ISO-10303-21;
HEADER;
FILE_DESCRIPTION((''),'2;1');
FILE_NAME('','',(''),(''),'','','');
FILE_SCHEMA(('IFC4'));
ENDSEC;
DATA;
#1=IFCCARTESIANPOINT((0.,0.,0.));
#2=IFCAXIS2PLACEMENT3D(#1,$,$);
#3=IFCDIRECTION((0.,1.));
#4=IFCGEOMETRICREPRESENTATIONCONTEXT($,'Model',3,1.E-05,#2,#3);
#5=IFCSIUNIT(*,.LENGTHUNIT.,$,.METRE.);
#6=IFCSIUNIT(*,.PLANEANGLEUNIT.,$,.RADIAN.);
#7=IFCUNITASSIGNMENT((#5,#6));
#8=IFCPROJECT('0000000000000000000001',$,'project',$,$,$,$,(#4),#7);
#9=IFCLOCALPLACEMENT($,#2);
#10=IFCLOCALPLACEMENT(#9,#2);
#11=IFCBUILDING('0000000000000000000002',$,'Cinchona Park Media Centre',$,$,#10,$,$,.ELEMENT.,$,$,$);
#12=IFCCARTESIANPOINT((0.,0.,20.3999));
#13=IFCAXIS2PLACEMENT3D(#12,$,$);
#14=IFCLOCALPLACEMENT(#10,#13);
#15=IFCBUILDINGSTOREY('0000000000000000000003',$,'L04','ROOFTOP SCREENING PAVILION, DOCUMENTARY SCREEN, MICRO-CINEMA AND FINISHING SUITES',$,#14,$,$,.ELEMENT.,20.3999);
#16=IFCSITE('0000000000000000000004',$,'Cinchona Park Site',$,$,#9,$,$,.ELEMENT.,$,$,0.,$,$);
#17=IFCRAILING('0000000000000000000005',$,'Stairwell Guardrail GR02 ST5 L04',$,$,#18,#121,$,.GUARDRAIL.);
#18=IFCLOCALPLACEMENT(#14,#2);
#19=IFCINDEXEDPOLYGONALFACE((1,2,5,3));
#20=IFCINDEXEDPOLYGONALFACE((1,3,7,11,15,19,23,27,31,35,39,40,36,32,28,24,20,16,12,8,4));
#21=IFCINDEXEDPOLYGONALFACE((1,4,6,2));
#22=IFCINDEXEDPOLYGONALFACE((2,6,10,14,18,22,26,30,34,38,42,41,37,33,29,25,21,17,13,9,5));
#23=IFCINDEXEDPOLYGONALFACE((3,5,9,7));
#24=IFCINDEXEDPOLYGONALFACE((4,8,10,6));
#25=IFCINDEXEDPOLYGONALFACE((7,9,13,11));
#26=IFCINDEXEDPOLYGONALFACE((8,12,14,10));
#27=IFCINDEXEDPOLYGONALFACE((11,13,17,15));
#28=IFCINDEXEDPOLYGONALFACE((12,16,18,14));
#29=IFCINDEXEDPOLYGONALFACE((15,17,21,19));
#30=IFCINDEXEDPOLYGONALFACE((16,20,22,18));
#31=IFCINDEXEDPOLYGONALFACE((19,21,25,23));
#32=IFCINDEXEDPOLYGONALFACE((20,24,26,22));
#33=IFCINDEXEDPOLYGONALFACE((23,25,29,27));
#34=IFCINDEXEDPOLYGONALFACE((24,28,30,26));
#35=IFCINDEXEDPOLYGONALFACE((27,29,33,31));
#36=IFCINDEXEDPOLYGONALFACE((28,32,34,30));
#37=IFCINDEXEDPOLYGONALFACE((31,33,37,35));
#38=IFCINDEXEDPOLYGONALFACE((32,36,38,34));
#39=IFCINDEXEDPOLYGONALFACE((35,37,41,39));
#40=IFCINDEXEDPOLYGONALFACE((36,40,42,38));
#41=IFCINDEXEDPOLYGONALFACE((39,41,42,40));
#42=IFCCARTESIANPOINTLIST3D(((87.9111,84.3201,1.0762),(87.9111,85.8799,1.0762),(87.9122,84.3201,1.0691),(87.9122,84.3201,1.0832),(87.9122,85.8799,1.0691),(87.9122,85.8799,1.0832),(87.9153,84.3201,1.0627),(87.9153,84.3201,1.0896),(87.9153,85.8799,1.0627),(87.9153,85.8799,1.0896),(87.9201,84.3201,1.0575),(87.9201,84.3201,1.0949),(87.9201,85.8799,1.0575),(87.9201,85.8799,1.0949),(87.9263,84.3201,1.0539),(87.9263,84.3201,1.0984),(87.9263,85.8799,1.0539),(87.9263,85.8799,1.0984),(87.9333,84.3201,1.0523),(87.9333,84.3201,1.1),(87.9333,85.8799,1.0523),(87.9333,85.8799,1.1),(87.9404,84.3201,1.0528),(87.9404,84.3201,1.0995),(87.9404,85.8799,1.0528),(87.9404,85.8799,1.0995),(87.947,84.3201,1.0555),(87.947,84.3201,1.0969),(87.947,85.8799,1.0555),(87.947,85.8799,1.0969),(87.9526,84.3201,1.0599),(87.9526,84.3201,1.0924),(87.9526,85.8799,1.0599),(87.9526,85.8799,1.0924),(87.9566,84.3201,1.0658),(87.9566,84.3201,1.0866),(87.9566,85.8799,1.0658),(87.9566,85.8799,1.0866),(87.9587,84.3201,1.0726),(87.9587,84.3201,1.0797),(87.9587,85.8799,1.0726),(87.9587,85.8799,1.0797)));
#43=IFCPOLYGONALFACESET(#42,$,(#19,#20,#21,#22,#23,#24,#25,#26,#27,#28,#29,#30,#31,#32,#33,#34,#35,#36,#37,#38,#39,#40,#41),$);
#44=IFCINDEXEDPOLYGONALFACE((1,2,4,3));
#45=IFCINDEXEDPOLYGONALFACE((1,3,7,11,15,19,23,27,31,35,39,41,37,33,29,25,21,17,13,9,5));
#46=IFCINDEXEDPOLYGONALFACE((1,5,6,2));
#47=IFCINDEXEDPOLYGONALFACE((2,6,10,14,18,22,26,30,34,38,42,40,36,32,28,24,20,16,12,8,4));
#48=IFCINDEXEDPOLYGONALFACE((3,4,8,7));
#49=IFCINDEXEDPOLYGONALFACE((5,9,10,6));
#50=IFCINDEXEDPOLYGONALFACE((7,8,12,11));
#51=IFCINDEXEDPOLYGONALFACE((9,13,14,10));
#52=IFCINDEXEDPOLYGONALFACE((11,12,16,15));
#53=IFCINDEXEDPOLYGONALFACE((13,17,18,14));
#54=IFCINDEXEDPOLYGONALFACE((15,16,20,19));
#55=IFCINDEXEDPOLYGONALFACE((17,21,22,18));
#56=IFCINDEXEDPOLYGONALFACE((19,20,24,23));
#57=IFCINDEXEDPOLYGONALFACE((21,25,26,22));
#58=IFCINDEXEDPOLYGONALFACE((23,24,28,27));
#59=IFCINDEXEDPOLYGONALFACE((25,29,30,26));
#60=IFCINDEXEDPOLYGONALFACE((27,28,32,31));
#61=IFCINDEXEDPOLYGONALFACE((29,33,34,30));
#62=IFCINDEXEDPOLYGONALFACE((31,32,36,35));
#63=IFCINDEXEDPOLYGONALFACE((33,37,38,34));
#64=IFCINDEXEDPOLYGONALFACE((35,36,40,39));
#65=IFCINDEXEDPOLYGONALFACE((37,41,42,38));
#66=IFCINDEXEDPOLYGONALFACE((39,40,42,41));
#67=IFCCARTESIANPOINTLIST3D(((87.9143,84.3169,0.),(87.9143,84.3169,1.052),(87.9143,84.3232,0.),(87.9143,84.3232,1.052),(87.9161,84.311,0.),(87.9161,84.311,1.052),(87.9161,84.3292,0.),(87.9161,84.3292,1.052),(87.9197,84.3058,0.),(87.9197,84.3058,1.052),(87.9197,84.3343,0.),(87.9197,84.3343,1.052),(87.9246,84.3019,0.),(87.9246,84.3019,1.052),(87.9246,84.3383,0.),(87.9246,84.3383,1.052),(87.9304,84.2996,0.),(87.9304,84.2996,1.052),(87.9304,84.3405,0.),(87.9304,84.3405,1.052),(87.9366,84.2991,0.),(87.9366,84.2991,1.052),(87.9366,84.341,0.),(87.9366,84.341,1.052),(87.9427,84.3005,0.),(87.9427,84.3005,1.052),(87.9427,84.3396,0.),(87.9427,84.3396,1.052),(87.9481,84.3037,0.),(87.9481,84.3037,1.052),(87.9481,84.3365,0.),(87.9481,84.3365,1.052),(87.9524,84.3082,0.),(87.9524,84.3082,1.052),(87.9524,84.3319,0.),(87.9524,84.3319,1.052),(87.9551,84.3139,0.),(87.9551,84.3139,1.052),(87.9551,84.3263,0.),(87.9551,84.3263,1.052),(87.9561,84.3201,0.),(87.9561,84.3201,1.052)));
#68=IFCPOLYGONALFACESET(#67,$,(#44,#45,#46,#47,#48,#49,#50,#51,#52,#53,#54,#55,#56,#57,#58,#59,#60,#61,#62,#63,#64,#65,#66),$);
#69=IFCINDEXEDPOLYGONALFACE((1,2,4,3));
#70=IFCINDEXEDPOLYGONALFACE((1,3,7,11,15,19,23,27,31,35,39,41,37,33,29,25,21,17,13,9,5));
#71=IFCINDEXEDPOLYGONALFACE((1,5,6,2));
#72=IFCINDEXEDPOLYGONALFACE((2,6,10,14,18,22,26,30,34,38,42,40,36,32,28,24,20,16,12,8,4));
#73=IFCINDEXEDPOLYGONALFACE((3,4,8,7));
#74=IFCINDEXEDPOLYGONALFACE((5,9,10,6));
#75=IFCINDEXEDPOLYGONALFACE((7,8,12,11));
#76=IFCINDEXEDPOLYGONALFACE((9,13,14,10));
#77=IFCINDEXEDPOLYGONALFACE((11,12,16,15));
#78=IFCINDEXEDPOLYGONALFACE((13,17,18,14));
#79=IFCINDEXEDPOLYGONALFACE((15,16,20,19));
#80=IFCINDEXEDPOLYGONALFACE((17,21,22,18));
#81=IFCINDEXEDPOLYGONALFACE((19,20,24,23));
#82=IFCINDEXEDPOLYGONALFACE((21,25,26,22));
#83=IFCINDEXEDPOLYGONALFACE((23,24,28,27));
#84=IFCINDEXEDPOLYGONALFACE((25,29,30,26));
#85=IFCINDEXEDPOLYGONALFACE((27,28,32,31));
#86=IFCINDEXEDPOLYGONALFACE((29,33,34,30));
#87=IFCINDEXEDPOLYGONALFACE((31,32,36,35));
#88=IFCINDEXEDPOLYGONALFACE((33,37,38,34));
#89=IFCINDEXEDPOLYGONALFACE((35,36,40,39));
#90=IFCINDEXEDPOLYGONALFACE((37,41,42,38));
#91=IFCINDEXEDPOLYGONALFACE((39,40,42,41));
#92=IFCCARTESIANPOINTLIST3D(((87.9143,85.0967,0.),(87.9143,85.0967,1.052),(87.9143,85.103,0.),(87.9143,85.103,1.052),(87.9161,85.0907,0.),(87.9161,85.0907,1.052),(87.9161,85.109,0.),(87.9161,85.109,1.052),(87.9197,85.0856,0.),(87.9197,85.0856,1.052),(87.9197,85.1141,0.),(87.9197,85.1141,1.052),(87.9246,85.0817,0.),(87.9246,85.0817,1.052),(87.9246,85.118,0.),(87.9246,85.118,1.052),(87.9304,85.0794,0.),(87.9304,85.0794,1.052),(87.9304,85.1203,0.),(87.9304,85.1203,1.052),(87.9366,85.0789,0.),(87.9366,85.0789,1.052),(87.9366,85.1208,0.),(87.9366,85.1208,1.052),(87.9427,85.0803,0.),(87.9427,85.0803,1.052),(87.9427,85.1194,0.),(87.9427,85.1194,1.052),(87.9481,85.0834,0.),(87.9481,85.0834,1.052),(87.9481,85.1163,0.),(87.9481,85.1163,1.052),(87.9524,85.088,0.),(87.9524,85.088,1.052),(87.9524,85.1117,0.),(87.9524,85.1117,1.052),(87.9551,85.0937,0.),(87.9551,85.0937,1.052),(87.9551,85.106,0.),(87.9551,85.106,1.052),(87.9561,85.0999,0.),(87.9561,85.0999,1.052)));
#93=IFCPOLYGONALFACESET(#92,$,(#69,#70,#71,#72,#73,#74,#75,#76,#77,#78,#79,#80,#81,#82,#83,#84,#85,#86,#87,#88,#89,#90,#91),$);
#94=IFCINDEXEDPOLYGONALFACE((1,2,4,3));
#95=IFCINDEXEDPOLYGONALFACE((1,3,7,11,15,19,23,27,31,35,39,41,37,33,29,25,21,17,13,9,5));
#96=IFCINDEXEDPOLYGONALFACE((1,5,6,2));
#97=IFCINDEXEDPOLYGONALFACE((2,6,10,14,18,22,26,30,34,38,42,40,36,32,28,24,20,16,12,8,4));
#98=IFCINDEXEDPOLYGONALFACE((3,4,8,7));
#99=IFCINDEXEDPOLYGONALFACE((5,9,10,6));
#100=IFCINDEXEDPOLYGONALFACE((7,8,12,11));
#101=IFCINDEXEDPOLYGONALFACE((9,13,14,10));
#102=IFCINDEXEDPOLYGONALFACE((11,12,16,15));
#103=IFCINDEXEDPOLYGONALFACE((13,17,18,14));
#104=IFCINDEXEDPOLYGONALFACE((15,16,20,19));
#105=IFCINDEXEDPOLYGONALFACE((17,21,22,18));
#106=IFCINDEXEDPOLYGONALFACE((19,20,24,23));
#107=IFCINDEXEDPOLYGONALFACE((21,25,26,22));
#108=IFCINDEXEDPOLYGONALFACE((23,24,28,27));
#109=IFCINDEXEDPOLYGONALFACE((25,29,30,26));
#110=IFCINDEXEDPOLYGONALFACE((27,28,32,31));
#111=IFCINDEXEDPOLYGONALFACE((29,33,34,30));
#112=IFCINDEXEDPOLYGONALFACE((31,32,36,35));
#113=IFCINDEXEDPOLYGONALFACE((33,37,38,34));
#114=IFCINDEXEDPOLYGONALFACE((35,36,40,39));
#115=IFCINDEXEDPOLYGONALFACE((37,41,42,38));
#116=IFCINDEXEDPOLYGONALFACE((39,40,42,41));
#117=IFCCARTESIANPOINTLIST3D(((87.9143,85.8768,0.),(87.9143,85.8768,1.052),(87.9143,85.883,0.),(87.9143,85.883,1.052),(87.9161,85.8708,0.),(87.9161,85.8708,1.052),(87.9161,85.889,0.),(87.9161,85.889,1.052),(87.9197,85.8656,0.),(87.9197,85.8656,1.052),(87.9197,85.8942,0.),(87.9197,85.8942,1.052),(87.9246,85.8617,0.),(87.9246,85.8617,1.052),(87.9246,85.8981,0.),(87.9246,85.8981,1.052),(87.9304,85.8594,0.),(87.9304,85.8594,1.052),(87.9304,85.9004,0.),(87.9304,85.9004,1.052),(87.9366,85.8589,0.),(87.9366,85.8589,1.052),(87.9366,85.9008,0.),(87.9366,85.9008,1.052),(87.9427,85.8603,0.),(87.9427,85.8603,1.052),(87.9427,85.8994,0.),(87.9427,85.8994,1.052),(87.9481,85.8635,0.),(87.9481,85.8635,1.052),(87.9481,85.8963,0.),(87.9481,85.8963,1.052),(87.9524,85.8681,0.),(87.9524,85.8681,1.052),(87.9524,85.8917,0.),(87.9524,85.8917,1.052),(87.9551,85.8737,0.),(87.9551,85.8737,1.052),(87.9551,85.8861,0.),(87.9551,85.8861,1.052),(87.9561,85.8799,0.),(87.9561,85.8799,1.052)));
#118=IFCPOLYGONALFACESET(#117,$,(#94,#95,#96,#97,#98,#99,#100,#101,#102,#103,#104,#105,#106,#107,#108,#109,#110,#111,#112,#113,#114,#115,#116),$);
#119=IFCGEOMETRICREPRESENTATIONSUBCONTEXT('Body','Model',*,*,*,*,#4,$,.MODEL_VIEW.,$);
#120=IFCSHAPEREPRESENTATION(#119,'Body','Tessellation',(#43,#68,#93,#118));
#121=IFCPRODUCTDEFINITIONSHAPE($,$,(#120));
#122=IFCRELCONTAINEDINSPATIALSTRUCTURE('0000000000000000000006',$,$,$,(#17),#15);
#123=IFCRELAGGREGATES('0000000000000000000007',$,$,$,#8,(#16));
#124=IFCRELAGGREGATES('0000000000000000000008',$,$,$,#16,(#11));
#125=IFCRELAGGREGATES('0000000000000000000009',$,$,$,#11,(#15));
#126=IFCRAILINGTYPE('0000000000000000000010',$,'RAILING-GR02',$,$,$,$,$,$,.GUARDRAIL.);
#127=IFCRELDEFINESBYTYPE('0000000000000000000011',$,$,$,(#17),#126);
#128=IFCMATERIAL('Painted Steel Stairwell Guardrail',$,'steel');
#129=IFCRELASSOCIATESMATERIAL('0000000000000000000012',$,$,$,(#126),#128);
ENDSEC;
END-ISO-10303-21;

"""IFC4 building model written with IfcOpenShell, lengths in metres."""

from ifc_helpers import new_model, si_unit, direction, frame, origin, origin_2d, place, context, subcontext, project, spatial, circle, extrude, material, type_object, element, save


model = new_model("IFC4")

# Units and contexts
model_context = context("Model", 3, precision=1e-05, world=origin(), true_north=direction((0.0, 1.0)))
body_context = subcontext(model_context, "Body", "Model", "MODEL_VIEW")
ifc_project = project(units=[si_unit("LENGTHUNIT", "METRE"), si_unit("PLANEANGLEUNIT", "RADIAN")], contexts=[model_context])

# Site, building, storey
site_placement = place(None, origin())
site = spatial("IfcSite", under=ifc_project, at=site_placement, Name="Cinchona Park Site", CompositionType="ELEMENT", RefElevation=0.0)
building_placement = place(site_placement, origin())
building = spatial("IfcBuilding", under=site, at=building_placement, Name="Cinchona Park Media Centre", CompositionType="ELEMENT")
storey_placement = place(building_placement, frame((0.0, 0.0, 20.3999)))
storey = spatial("IfcBuildingStorey", under=building, at=storey_placement, Name="L04", Description="ROOFTOP SCREENING PAVILION, DOCUMENTARY SCREEN, MICRO-CINEMA AND FINISHING SUITES", CompositionType="ELEMENT", Elevation=20.3999)

# Railing
ifc_material_1 = material(Name="Painted Steel Stairwell Guardrail", Category="steel")
railing_type = type_object("IfcRailingType", Name="RAILING-GR02", PredefinedType="GUARDRAIL", material=ifc_material_1)
railing_1_placement = place(storey_placement, frame((87.9351, 84.3201, 0.0)))
element("IfcRailing", 1, at=railing_1_placement, inside=storey, type_object=railing_type, Name="Stairwell Guardrail GR02 ST5 L04", PredefinedType="GUARDRAIL", context=body_context, shape_type="SweptSolid", body=[
    extrude(circle(Radius=0.0239, at=origin_2d()), frame((0.0, 0.0, 1.0762), z_axis=(0.0, 1.0, 0.0), x_axis=(-1.0, 0.0, 0.0)), (0.0, 0.0, 1.0), 1.5598),
    extrude(circle(Radius=0.021, at=origin_2d()), origin(), (0.0, 0.0, 1.0), 1.052),
    extrude(circle(Radius=0.021, at=origin_2d()), frame((0.0, 0.7798, 0.0)), (0.0, 0.0, 1.0), 1.052),
    extrude(circle(Radius=0.021, at=origin_2d()), frame((0.0, 1.5598, 0.0)), (0.0, 0.0, 1.0), 1.052),
])

save(model, "model.ifc")
